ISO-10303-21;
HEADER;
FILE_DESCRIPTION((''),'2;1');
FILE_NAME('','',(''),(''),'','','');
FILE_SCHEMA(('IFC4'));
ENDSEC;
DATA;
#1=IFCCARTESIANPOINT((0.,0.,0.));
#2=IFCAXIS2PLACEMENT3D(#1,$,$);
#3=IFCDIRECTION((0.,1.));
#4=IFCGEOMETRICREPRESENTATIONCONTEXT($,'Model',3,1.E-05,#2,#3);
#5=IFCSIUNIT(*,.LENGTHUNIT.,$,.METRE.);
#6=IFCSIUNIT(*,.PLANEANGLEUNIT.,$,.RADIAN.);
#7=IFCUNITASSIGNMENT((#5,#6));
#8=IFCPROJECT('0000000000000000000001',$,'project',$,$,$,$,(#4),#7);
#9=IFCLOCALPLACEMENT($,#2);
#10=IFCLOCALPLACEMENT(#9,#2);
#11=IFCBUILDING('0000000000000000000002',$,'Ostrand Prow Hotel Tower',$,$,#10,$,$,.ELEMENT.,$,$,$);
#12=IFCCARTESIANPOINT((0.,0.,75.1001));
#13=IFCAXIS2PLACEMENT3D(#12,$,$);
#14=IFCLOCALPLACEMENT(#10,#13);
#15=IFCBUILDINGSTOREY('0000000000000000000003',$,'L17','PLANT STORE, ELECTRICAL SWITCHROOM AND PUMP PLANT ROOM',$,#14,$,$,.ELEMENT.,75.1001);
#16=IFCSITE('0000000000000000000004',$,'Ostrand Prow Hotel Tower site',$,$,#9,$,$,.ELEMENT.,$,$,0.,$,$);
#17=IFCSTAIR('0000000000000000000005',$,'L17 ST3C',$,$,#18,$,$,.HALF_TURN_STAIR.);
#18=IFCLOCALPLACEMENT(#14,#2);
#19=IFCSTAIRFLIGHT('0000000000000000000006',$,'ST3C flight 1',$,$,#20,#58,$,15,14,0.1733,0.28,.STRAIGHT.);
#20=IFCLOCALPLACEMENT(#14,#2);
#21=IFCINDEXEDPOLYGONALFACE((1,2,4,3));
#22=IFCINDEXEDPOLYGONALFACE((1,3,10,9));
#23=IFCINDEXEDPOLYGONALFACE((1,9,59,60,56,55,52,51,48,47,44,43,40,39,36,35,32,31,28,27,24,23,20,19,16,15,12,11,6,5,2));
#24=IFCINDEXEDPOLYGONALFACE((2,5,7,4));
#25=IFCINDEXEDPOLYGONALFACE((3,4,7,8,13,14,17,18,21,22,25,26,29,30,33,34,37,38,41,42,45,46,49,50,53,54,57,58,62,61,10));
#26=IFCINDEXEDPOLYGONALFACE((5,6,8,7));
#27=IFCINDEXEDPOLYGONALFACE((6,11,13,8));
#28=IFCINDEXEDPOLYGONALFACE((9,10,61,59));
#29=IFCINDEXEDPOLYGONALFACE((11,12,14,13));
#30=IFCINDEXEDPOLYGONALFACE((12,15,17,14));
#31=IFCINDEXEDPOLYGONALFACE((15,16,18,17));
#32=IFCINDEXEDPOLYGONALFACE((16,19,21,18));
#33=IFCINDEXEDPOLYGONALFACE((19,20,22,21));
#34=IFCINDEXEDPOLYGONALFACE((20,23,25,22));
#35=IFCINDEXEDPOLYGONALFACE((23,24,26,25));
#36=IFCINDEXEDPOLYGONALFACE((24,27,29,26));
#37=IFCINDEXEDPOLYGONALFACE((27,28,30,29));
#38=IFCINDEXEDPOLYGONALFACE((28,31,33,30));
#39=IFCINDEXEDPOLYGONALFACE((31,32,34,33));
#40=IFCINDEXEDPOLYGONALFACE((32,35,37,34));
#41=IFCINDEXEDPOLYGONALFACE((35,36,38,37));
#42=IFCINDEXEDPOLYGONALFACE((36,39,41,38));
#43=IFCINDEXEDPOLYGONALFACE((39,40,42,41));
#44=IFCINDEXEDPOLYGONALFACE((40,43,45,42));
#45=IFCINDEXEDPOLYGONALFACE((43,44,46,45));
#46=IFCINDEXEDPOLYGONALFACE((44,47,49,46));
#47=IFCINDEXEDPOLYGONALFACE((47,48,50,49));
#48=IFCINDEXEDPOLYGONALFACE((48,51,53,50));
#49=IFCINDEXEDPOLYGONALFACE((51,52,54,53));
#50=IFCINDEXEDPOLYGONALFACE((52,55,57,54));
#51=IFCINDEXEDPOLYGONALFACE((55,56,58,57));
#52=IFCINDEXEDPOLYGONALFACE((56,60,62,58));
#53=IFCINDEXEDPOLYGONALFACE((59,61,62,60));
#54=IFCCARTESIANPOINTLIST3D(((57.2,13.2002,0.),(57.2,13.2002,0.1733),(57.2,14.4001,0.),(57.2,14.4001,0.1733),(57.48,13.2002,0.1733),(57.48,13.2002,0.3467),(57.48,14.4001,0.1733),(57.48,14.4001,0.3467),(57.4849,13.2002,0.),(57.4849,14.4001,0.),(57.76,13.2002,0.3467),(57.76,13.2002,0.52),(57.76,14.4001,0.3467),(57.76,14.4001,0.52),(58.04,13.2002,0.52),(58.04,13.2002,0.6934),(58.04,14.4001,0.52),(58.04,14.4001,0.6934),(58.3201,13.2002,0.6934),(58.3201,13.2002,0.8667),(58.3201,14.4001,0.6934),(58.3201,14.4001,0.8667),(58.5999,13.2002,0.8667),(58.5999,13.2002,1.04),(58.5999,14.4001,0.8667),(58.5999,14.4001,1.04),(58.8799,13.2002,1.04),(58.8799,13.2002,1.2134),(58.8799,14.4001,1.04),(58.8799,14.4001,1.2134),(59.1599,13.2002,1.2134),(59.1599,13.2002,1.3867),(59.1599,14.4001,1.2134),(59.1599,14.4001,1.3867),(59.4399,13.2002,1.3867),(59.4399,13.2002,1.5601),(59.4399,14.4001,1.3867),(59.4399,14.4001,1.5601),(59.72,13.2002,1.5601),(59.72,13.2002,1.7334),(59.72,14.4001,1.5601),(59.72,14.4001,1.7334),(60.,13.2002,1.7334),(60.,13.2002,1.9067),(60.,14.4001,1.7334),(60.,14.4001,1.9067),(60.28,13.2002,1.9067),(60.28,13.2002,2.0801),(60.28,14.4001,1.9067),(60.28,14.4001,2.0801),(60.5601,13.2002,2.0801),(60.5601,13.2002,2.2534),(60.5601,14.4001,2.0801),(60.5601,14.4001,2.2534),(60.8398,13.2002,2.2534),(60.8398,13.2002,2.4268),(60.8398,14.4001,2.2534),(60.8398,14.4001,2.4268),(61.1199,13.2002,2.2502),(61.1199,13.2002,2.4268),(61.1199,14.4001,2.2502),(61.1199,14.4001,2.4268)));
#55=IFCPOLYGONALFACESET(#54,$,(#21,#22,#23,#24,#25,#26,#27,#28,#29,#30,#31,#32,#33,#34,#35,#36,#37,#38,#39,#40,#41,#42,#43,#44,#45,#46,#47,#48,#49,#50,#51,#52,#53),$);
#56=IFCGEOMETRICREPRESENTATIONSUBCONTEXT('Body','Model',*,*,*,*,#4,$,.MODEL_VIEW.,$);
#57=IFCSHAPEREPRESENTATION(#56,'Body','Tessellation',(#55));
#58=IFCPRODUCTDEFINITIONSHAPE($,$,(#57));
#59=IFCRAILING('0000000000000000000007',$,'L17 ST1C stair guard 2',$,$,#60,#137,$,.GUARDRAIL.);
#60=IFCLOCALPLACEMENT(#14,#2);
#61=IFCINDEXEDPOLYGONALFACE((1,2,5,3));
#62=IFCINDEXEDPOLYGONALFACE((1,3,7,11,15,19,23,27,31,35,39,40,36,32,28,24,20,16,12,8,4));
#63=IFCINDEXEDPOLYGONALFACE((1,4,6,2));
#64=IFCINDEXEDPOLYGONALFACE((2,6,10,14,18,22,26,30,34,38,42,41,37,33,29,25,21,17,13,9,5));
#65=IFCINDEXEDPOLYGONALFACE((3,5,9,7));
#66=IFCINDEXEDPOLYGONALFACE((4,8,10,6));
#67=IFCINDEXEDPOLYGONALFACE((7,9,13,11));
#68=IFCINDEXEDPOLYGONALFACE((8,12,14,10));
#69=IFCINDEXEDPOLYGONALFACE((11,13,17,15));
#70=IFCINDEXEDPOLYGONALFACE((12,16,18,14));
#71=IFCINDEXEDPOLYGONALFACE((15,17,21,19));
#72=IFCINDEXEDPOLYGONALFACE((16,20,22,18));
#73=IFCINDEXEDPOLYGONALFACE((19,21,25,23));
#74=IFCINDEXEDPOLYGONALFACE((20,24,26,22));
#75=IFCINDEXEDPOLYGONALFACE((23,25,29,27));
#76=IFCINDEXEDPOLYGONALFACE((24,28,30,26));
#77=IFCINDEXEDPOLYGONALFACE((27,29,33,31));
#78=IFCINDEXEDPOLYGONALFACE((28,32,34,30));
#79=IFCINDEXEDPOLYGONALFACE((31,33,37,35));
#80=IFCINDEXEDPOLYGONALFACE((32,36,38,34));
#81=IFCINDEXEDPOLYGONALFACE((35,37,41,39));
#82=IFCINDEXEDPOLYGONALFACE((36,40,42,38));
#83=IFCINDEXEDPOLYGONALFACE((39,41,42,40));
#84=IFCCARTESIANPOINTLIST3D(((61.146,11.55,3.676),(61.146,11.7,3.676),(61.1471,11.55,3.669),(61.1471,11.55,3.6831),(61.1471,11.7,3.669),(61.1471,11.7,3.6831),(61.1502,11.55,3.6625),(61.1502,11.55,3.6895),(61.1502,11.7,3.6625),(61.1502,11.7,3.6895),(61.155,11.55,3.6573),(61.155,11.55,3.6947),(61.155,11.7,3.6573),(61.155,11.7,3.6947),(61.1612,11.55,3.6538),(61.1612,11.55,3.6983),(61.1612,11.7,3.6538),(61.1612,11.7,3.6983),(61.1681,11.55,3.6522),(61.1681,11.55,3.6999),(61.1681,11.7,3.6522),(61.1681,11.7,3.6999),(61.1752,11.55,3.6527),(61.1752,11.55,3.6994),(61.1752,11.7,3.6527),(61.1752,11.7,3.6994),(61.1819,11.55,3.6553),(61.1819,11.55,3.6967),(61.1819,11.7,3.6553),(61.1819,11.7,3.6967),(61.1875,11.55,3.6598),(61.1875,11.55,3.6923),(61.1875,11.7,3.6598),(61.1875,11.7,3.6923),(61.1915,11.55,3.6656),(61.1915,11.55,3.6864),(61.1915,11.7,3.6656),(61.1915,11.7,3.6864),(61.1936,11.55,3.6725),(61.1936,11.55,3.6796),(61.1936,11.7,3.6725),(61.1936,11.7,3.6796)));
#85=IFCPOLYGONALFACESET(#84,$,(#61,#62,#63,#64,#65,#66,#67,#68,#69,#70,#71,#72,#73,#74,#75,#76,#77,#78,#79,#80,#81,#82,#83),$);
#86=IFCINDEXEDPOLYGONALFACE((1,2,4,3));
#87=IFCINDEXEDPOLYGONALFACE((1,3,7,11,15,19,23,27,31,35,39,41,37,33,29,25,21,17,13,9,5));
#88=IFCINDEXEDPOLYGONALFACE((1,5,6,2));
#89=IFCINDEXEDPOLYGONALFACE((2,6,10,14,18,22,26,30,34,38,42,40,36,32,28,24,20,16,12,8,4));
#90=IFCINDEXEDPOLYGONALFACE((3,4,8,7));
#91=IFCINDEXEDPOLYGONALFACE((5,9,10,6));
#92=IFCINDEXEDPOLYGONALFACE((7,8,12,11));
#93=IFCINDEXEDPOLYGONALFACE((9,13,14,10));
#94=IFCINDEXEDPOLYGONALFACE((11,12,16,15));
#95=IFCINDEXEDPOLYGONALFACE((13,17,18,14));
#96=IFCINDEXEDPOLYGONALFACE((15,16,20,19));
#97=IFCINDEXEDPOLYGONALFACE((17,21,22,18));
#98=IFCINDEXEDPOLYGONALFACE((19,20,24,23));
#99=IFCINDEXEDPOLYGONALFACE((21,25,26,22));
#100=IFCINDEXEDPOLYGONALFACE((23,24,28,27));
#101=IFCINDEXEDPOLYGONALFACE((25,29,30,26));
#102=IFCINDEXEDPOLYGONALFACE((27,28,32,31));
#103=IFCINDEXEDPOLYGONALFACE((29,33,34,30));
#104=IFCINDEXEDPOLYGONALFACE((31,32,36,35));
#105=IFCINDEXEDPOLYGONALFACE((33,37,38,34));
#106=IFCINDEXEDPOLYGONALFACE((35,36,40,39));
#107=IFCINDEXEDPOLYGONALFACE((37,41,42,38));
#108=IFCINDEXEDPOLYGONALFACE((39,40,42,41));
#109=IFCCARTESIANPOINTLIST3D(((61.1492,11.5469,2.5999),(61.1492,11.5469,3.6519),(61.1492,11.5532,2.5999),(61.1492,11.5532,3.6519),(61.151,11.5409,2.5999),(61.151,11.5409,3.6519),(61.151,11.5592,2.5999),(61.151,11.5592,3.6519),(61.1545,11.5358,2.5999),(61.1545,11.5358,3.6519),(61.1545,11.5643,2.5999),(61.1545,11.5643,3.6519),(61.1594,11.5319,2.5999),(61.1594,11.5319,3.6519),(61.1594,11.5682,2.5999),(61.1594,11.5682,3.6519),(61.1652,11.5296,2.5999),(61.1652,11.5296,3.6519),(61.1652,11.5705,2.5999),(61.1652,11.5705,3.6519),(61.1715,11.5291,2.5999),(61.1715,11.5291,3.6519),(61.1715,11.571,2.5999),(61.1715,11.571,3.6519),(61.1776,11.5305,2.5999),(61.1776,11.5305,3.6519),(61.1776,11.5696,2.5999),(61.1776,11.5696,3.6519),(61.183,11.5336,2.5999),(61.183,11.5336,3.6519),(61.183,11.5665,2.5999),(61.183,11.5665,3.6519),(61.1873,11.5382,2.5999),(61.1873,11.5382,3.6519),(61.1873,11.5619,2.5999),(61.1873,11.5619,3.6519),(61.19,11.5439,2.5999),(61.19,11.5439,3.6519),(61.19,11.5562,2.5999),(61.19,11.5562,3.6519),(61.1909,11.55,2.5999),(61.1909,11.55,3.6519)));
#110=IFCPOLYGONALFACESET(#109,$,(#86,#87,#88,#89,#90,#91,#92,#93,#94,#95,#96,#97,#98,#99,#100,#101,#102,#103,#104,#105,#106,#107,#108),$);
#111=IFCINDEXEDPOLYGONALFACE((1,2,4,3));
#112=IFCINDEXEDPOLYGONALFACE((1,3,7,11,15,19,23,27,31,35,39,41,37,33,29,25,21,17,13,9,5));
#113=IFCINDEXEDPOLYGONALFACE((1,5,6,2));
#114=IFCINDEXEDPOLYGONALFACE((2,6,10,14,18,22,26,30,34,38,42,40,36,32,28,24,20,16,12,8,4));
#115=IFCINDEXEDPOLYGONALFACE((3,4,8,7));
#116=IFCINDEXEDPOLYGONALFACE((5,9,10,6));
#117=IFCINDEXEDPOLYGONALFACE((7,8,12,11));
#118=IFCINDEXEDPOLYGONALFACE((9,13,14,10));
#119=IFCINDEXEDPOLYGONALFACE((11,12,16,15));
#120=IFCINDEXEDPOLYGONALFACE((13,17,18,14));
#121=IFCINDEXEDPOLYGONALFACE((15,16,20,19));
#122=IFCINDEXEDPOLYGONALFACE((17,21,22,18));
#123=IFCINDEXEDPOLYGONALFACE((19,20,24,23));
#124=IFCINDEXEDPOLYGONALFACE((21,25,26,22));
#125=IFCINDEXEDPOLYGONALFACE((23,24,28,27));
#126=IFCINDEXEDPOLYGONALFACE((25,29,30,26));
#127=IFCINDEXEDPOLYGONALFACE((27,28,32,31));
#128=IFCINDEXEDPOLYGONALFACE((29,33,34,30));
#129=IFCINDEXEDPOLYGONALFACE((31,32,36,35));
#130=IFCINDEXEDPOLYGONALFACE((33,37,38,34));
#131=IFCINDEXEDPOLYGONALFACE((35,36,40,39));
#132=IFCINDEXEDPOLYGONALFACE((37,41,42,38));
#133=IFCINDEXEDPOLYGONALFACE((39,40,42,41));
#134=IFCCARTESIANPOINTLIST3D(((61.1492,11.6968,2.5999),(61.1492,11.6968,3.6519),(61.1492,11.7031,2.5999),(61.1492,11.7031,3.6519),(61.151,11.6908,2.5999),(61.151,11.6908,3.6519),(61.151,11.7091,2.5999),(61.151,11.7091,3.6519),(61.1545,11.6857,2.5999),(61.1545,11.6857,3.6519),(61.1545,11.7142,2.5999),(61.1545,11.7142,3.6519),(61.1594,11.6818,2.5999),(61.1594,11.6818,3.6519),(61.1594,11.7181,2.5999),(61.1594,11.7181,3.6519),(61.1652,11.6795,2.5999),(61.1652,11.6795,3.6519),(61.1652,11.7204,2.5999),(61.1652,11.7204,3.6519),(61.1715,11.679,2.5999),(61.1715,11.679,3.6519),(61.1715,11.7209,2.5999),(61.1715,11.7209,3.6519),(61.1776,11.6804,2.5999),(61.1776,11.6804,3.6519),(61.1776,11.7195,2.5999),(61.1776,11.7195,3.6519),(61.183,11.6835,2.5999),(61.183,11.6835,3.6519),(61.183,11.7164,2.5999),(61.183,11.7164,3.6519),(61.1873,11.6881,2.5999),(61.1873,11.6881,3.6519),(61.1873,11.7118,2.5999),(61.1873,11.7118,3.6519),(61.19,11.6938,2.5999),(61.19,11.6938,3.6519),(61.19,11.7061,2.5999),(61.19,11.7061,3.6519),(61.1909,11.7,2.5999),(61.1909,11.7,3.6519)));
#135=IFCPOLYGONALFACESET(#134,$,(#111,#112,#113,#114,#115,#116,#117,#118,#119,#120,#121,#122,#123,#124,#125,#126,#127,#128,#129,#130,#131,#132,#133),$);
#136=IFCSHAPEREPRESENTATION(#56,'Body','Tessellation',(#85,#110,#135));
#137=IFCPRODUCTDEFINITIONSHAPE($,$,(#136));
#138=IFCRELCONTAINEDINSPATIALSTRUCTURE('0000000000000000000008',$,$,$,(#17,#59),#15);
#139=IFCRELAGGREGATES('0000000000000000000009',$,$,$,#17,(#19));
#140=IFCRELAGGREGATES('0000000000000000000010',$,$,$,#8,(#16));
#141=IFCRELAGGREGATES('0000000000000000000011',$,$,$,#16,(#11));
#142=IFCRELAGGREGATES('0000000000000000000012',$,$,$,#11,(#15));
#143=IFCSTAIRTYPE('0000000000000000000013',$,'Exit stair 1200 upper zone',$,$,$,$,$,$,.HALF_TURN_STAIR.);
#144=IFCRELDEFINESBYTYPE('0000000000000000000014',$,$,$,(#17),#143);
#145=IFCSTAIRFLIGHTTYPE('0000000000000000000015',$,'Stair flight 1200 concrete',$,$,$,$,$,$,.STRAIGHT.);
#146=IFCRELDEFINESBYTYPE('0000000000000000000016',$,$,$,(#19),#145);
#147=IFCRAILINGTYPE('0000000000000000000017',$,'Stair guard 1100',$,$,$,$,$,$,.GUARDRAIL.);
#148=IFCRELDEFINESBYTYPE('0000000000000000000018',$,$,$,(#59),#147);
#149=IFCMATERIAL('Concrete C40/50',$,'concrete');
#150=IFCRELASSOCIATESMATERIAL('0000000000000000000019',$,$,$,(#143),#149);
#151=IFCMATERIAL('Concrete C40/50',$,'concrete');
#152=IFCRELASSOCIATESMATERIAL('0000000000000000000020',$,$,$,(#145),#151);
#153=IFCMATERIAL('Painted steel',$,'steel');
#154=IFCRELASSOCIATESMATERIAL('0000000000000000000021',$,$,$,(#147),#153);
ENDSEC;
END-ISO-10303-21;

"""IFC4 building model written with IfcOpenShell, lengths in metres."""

from ifc_helpers import new_model, si_unit, direction, frame, origin, origin_2d, place, context, subcontext, project, spatial, polyline, circle, outline, extrude, material, type_object, element, aggregate, save


model = new_model("IFC4")

# Units and contexts
model_context = context("Model", 3, precision=1e-05, world=origin(), true_north=direction((0.0, 1.0)))
body_context = subcontext(model_context, "Body", "Model", "MODEL_VIEW")
ifc_project = project(units=[si_unit("LENGTHUNIT", "METRE"), si_unit("PLANEANGLEUNIT", "RADIAN")], contexts=[model_context])

# Site, building, storey
site_placement = place(None, origin())
site = spatial("IfcSite", under=ifc_project, at=site_placement, Name="Ostrand Prow Hotel Tower site", CompositionType="ELEMENT", RefElevation=0.0)
building_placement = place(site_placement, origin())
building = spatial("IfcBuilding", under=site, at=building_placement, Name="Ostrand Prow Hotel Tower", CompositionType="ELEMENT")
storey_placement = place(building_placement, frame((0.0, 0.0, 75.1001)))
storey = spatial("IfcBuildingStorey", under=building, at=storey_placement, Name="L17", Description="PLANT STORE, ELECTRICAL SWITCHROOM AND PUMP PLANT ROOM", CompositionType="ELEMENT", Elevation=75.1001)

# Stair, stair flight
ifc_material_1 = material(Name="Concrete C40/50", Category="concrete")
stair_type = type_object("IfcStairType", Name="Exit stair 1200 upper zone", PredefinedType="HALF_TURN_STAIR", material=ifc_material_1)
ifc_material_2 = material(Name="Concrete C40/50", Category="concrete")
stair_flight_type = type_object("IfcStairFlightType", Name="Stair flight 1200 concrete", PredefinedType="STRAIGHT", material=ifc_material_2)
stair_1_placement = place(storey_placement, origin())
stair_1 = element("IfcStair", 1, at=stair_1_placement, inside=storey, type_object=stair_type, Name="L17 ST3C", PredefinedType="HALF_TURN_STAIR")
stair_flight_1_placement = place(storey_placement, frame((57.2, 13.8, 0.0), z_axis=(0.0, 0.0, 1.0), x_axis=(1.0, 0.0, 0.0)))
stair_flight_1 = element("IfcStairFlight", 2, at=stair_flight_1_placement, type_object=stair_flight_type, Name="ST3C flight 1", NumberOfRisers=15, NumberOfTreads=14, PredefinedType="STRAIGHT", RiserHeight=0.1733, TreadLength=0.28, context=body_context, shape_type="SweptSolid", body=[
    extrude(outline(polyline([(0.0, 0.0), (0.0, 0.1733), (0.28, 0.1733), (0.28, 0.3467), (0.5601, 0.3467), (0.5601, 0.52), (0.8401, 0.52), (0.8401, 0.6934), (1.1201, 0.6934), (1.1201, 0.8667), (1.3999, 0.8667), (1.3999, 1.04), (1.6799, 1.04), (1.6799, 1.2134), (1.96, 1.2134), (1.96, 1.3867), (2.24, 1.3867), (2.24, 1.5601), (2.52, 1.5601), (2.52, 1.7334), (2.8, 1.7334), (2.8, 1.9067), (3.0801, 1.9067), (3.0801, 2.0801), (3.3601, 2.0801), (3.3601, 2.2534), (3.6399, 2.2534), (3.6399, 2.4268), (3.9199, 2.4268), (3.9199, 2.6001), (3.9199, 2.2502), (0.2849, 0.0), (0.0, 0.0)])), frame((0.0, 0.6001, 0.0), z_axis=(0.0, -1.0, 0.0), x_axis=(1.0, 0.0, 0.0)), (0.0, 0.0, 1.0), 1.2),
])
aggregate(stair_1, [stair_flight_1])

# Railing
ifc_material_3 = material(Name="Painted steel", Category="steel")
railing_type_1 = type_object("IfcRailingType", Name="Stair guard 1100", PredefinedType="GUARDRAIL", material=ifc_material_3)
railing_1_placement = place(storey_placement, frame((61.1699, 11.55, 2.5999)))
element("IfcRailing", 3, at=railing_1_placement, inside=storey, type_object=railing_type_1, Name="L17 ST1C stair guard 2", PredefinedType="GUARDRAIL", context=body_context, shape_type="SweptSolid", body=[
    extrude(circle(Radius=0.0239, at=origin_2d()), frame((0.0, 0.0, 1.0762), z_axis=(0.0, 1.0, 0.0), x_axis=(-1.0, 0.0, 0.0)), (0.0, 0.0, 1.0), 0.1499),
    extrude(circle(Radius=0.021, at=origin_2d()), origin(), (0.0, 0.0, 1.0), 1.052),
    extrude(circle(Radius=0.021, at=origin_2d()), frame((0.0, 0.1499, 0.0)), (0.0, 0.0, 1.0), 1.052),
])

save(model, "model.ifc")
